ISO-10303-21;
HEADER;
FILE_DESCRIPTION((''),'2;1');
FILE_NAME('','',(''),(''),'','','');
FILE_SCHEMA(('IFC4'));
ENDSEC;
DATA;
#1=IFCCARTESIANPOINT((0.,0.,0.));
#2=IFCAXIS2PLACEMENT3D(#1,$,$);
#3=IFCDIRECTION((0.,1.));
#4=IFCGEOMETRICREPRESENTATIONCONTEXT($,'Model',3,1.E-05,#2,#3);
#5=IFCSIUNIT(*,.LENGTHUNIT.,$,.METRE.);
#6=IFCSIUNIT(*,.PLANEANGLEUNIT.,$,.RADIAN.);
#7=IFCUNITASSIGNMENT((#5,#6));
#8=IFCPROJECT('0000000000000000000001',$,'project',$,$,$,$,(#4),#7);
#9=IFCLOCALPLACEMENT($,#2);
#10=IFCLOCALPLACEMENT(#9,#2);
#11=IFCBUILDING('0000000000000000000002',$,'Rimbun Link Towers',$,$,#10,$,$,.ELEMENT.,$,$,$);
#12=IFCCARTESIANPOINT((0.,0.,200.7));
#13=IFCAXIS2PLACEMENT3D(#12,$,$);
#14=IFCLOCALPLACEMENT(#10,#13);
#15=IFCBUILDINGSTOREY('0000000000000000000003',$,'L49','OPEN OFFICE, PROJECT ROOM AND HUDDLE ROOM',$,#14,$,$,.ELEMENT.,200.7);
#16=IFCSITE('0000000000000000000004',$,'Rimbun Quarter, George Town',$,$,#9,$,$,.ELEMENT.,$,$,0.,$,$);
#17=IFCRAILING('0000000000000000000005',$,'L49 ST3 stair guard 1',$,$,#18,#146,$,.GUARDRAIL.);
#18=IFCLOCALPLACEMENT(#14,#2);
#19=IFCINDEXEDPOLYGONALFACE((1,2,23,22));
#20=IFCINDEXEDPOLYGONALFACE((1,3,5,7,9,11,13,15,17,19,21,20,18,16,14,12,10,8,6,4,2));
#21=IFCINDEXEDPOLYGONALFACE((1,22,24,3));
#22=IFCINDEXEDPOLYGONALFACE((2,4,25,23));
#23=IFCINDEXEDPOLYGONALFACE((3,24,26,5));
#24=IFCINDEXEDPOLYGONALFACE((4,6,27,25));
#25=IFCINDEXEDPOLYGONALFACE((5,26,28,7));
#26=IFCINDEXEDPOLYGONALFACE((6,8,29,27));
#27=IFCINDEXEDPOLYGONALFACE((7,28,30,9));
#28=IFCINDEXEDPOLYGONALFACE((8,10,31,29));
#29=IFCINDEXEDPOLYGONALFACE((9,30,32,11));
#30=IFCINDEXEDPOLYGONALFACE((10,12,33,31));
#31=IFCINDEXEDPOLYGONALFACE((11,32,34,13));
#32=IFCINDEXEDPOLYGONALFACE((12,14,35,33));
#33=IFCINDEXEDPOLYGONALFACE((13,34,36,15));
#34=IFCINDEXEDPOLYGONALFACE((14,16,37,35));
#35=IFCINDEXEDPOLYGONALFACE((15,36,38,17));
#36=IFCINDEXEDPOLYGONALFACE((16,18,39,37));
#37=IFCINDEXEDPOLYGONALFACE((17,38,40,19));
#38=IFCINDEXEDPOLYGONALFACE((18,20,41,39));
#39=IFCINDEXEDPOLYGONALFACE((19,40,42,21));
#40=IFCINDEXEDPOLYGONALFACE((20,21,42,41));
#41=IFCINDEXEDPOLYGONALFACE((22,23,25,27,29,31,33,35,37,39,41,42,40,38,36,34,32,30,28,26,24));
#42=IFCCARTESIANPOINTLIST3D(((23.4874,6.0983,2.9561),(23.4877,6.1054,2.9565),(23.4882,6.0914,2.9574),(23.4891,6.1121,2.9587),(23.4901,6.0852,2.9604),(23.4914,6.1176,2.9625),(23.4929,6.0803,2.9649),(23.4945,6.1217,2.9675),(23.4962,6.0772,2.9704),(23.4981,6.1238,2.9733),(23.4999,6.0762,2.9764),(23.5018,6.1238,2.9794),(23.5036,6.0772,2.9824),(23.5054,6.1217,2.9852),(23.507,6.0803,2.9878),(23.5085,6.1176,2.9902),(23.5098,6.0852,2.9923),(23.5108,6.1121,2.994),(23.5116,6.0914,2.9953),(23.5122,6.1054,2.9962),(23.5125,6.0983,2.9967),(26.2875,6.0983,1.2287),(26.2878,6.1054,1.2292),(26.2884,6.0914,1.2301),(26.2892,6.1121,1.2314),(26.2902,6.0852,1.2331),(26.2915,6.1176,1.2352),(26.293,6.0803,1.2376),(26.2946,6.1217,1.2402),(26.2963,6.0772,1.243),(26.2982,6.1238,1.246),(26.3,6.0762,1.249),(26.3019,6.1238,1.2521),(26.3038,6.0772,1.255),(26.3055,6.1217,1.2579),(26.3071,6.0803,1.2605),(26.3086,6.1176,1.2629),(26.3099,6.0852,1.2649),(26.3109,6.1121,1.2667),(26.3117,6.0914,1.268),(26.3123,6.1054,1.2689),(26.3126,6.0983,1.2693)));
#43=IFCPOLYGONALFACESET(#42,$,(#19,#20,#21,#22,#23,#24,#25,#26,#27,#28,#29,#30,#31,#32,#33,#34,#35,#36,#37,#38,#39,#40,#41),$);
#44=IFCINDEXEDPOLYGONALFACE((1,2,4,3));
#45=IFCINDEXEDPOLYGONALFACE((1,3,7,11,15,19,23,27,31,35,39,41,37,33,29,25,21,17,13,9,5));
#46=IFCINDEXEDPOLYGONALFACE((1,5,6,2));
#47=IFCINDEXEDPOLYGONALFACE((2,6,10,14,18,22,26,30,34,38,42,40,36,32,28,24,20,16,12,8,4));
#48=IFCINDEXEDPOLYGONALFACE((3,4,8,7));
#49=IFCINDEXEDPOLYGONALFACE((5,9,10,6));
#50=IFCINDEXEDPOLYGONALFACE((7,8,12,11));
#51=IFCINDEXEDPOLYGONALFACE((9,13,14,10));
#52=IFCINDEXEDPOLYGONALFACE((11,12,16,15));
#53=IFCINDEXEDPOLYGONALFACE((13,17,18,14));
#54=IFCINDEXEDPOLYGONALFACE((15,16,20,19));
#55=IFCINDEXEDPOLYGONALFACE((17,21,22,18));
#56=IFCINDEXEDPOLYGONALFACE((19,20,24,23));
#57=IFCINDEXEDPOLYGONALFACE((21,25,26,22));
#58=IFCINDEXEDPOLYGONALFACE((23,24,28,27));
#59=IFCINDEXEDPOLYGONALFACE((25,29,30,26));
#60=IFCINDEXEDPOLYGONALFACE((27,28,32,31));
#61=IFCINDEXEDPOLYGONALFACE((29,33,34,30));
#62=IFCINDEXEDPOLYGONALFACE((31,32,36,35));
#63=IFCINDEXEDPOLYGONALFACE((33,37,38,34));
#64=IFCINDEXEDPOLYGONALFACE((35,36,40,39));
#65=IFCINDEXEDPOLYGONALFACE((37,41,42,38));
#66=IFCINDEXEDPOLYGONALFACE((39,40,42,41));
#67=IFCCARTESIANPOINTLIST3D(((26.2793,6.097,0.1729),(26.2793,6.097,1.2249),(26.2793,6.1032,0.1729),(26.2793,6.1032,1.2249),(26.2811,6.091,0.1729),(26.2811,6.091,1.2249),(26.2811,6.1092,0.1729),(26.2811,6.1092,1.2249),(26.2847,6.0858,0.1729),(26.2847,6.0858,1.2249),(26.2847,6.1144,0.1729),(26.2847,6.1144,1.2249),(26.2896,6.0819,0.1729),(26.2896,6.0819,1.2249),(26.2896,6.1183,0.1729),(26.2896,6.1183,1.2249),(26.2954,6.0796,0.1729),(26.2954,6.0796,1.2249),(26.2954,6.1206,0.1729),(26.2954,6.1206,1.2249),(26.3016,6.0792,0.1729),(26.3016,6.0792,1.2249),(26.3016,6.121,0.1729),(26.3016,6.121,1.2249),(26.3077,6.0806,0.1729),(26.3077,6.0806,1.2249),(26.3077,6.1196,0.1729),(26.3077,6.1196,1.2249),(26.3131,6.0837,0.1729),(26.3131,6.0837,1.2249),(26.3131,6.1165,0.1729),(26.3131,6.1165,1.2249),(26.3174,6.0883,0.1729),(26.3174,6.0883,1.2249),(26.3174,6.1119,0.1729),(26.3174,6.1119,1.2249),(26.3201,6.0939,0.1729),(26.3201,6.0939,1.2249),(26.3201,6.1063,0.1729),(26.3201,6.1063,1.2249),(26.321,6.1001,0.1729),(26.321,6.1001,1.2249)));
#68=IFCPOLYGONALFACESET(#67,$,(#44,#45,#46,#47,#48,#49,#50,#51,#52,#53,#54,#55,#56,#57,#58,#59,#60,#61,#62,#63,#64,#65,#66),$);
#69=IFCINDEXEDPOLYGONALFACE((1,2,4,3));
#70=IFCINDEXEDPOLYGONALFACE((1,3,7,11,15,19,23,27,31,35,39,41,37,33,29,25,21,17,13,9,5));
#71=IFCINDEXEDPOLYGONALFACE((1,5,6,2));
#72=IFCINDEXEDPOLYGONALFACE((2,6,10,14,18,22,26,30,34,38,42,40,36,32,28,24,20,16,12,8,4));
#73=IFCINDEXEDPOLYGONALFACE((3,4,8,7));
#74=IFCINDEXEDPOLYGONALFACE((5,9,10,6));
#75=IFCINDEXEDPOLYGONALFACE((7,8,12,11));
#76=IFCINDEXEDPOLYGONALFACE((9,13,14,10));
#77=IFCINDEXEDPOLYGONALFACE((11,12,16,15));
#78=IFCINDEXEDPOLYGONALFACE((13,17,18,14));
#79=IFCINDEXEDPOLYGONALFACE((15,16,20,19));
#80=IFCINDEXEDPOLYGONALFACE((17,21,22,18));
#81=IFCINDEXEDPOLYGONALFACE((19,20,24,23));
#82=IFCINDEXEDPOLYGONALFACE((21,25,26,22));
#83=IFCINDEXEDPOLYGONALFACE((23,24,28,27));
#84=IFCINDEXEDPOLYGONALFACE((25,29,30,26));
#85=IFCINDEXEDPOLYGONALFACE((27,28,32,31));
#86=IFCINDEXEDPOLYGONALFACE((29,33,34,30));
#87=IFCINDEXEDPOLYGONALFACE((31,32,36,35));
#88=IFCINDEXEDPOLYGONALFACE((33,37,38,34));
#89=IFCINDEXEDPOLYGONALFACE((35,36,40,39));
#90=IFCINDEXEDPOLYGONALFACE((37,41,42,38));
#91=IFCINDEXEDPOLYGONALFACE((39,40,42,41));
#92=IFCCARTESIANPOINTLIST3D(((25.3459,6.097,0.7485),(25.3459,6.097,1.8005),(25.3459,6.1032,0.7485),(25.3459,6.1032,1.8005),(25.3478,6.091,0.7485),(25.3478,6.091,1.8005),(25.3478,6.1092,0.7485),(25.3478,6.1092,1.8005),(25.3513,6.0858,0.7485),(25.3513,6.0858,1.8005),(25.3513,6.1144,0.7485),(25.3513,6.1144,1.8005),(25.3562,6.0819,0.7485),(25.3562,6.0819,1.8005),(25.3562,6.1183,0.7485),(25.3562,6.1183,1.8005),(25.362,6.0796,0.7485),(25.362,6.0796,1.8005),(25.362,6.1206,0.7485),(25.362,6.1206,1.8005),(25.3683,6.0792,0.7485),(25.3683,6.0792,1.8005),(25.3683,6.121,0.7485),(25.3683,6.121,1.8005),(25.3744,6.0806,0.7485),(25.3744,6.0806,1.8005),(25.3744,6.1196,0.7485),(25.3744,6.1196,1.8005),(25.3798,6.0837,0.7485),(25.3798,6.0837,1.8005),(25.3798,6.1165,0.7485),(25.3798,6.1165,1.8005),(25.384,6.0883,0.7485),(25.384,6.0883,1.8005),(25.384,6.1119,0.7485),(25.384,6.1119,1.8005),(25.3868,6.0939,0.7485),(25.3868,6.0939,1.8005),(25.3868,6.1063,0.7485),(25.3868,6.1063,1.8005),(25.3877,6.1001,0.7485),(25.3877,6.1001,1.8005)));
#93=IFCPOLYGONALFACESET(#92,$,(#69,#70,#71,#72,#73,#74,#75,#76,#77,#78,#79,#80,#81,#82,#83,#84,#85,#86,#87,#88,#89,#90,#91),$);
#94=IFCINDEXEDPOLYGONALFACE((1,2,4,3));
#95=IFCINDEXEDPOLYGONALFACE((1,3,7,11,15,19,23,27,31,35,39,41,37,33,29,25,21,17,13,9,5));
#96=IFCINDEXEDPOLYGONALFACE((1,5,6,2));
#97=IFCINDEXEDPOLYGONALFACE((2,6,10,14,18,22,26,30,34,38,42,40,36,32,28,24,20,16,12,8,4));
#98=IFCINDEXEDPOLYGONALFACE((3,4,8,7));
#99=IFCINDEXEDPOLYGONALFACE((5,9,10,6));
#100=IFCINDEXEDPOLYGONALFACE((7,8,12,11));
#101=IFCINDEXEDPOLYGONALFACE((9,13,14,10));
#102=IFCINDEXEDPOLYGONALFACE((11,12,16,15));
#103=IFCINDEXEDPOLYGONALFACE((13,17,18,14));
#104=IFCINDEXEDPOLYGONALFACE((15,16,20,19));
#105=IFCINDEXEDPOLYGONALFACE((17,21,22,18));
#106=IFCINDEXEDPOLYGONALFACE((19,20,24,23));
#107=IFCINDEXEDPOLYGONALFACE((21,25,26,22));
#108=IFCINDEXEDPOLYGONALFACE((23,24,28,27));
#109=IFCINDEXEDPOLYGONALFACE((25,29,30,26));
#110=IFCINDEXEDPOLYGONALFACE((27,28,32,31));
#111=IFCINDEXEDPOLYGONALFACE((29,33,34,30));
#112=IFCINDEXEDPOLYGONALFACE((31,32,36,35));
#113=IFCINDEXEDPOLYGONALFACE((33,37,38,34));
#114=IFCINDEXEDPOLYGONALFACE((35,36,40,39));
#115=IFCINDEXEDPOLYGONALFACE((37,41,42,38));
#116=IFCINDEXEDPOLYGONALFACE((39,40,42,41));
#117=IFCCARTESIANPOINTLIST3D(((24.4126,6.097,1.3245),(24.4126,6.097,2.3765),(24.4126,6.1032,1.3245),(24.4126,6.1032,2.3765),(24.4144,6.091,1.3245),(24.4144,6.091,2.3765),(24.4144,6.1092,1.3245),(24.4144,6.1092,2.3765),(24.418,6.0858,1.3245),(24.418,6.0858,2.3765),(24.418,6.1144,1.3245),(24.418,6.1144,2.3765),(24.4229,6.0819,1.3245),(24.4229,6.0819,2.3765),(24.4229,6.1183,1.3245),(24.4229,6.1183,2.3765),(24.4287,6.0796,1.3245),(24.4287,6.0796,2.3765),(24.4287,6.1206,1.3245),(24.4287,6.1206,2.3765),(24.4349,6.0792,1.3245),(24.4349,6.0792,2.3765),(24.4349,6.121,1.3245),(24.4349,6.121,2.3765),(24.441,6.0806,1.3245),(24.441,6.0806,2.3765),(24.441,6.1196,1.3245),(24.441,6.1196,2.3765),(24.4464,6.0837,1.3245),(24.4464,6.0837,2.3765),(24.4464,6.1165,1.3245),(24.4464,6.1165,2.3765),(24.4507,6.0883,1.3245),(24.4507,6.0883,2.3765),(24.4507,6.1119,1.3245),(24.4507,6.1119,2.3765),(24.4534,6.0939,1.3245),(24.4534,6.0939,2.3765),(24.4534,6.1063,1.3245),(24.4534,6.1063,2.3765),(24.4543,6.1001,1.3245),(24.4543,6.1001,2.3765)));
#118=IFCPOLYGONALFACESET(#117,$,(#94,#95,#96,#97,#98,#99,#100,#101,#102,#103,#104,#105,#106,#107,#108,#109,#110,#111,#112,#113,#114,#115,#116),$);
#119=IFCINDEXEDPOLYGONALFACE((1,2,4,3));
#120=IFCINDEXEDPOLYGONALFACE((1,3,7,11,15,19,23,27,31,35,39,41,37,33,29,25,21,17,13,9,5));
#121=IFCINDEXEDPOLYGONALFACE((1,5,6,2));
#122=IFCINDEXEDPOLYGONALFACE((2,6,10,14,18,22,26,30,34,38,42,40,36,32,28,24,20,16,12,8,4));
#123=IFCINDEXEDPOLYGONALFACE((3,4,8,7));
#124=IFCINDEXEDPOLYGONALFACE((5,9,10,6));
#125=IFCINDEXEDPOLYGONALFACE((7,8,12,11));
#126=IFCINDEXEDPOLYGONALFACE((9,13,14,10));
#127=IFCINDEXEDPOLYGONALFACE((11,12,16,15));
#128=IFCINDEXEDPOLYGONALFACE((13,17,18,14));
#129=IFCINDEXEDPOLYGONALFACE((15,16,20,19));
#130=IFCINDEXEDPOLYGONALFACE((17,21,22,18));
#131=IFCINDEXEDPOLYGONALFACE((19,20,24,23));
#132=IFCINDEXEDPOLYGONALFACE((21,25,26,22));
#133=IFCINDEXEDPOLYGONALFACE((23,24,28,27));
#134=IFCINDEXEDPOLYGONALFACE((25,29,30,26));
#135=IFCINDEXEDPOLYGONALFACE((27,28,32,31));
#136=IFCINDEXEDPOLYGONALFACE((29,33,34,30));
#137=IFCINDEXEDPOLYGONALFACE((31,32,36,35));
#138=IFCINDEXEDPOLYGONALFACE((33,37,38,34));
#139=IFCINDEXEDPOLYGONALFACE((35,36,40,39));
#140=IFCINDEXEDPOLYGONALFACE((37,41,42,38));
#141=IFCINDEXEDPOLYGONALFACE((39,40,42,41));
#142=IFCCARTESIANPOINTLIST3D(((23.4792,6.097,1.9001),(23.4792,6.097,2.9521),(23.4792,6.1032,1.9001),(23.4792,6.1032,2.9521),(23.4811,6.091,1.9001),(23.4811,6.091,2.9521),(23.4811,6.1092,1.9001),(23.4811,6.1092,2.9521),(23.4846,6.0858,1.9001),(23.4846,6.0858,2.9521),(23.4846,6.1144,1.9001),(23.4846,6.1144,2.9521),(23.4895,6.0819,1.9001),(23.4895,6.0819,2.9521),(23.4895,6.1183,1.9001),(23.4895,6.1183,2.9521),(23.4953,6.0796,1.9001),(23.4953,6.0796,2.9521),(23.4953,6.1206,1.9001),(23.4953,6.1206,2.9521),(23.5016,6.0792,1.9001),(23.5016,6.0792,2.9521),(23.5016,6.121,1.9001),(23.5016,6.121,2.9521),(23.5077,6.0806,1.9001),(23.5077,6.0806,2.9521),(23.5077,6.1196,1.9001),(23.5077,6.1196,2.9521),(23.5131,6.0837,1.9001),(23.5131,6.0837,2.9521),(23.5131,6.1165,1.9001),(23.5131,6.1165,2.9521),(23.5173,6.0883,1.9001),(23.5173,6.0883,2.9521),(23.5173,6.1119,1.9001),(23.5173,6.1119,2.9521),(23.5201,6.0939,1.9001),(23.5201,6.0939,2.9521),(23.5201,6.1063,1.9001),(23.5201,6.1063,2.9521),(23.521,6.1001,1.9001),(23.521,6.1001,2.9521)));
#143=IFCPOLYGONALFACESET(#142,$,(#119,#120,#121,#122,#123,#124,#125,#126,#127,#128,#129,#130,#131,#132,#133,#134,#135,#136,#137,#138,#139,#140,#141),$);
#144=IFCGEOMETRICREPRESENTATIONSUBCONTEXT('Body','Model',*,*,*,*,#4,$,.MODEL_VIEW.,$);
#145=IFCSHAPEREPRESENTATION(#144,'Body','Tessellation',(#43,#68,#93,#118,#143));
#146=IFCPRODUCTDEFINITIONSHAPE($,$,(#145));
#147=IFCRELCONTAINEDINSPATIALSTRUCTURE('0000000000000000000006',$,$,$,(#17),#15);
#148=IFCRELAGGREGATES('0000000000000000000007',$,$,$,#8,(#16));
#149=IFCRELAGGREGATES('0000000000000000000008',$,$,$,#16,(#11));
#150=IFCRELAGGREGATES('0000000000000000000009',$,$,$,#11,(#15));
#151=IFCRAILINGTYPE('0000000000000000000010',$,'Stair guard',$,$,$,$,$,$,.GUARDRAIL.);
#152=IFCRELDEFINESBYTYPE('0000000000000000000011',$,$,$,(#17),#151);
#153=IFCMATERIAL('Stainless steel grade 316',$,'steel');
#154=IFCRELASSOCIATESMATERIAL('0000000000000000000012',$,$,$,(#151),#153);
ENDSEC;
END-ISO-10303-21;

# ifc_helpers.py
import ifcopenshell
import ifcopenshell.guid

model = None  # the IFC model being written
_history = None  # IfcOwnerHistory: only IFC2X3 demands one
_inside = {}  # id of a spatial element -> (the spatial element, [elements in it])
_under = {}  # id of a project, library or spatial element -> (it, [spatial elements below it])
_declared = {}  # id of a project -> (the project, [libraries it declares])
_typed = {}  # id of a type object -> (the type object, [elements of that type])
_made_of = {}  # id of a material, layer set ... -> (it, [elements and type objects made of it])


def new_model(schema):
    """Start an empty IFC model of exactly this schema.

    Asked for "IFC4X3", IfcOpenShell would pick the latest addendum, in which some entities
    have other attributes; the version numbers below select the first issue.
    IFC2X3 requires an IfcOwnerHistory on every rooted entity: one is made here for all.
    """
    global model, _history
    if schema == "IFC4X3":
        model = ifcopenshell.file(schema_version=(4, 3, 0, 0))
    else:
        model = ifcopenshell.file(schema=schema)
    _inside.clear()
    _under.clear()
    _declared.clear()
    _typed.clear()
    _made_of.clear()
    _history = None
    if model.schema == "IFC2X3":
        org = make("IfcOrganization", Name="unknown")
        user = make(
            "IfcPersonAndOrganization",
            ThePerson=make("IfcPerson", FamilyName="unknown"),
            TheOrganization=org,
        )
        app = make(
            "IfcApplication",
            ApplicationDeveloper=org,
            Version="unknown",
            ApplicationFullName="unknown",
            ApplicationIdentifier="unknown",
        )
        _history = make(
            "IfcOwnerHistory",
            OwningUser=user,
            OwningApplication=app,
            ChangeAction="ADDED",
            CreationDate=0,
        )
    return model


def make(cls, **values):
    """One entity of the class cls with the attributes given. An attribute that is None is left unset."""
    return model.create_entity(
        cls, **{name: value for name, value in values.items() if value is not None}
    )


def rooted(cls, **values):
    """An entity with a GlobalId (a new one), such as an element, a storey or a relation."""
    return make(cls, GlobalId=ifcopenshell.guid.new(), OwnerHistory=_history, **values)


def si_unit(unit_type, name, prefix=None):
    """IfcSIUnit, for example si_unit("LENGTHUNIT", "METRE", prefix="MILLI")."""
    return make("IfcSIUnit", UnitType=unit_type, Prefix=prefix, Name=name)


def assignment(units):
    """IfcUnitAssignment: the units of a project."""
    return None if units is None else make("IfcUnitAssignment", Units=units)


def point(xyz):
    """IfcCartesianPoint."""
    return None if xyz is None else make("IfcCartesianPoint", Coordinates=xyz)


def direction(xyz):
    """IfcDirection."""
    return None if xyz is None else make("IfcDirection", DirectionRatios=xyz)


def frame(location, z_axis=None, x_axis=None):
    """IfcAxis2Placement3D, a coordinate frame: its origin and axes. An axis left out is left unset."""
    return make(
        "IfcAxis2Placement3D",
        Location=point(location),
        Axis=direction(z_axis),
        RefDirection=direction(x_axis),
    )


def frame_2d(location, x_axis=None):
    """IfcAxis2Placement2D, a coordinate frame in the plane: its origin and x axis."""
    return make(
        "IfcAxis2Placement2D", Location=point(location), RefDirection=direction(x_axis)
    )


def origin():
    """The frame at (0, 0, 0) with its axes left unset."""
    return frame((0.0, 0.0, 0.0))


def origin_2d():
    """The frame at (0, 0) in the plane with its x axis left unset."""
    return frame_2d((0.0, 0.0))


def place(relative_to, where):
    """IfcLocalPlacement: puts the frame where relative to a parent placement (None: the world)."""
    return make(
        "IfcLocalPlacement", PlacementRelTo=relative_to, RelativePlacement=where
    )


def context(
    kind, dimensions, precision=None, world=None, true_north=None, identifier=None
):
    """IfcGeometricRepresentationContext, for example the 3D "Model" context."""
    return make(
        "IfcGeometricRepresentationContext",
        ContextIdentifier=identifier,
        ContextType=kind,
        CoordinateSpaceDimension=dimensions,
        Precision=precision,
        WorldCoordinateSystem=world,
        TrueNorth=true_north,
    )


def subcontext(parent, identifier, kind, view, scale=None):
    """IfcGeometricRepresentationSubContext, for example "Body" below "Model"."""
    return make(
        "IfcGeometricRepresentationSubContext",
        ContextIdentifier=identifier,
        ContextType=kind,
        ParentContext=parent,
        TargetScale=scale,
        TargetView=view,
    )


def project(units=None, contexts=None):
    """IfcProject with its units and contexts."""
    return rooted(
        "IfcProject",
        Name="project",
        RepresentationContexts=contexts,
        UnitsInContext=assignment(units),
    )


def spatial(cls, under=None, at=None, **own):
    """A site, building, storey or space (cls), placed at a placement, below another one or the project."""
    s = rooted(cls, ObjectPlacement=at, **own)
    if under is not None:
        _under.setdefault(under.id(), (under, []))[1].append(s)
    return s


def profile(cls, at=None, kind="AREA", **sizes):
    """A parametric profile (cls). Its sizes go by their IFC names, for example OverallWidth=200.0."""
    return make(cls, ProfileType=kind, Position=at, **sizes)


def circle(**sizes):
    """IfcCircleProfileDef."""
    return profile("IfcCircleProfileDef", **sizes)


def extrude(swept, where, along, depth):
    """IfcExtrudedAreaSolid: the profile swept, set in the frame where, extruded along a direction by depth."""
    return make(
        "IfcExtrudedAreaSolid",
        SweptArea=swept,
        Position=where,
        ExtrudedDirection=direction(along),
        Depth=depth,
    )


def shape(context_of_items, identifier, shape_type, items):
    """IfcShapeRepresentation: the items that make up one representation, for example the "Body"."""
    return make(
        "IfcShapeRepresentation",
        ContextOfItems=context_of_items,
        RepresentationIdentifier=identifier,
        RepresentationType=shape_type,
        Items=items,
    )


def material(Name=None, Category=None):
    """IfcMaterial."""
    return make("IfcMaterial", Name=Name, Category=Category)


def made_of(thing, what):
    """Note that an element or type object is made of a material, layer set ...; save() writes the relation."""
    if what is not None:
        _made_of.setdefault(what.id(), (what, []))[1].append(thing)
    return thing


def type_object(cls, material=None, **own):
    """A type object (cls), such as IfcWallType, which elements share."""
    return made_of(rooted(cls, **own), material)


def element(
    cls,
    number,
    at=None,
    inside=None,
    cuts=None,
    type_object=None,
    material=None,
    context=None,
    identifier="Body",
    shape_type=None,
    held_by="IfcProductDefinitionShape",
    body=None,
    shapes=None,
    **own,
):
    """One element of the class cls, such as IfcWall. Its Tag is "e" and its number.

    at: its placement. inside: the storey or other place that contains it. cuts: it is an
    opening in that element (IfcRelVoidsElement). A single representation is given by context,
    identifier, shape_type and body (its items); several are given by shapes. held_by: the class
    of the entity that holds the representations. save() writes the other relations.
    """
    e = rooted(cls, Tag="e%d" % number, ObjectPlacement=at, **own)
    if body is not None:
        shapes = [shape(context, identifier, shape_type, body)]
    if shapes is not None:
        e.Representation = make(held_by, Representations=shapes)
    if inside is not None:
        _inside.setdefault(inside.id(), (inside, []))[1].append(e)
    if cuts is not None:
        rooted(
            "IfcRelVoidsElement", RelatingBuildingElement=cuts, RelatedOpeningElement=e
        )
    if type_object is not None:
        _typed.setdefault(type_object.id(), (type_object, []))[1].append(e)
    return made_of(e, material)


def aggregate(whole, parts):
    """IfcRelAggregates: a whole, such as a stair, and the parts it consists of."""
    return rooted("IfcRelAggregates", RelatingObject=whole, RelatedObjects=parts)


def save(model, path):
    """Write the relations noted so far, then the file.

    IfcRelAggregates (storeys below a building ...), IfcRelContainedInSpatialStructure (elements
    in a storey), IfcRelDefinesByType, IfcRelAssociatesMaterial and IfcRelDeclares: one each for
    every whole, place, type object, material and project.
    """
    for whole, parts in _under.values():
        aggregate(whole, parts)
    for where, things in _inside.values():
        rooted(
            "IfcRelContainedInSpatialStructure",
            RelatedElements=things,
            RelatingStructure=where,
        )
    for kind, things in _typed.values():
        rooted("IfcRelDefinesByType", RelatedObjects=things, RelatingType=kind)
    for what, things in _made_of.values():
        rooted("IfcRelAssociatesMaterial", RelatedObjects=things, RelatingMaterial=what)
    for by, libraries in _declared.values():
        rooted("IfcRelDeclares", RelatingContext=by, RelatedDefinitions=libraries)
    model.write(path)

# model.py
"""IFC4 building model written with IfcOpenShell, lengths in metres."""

from ifc_helpers import new_model, si_unit, direction, frame, origin, origin_2d, place, context, subcontext, project, spatial, circle, extrude, material, type_object, element, save


model = new_model("IFC4")

# Units and contexts
model_context = context("Model", 3, precision=1e-05, world=origin(), true_north=direction((0.0, 1.0)))
body_context = subcontext(model_context, "Body", "Model", "MODEL_VIEW")
ifc_project = project(units=[si_unit("LENGTHUNIT", "METRE"), si_unit("PLANEANGLEUNIT", "RADIAN")], contexts=[model_context])

# Site, building, storey
site_placement = place(None, origin())
site = spatial("IfcSite", under=ifc_project, at=site_placement, Name="Rimbun Quarter, George Town", CompositionType="ELEMENT", RefElevation=0.0)
building_placement = place(site_placement, origin())
building = spatial("IfcBuilding", under=site, at=building_placement, Name="Rimbun Link Towers", CompositionType="ELEMENT")
storey_placement = place(building_placement, frame((0.0, 0.0, 200.7)))
storey = spatial("IfcBuildingStorey", under=building, at=storey_placement, Name="L49", Description="OPEN OFFICE, PROJECT ROOM AND HUDDLE ROOM", CompositionType="ELEMENT", Elevation=200.7)

# Railing
ifc_material_1 = material(Name="Stainless steel grade 316", Category="steel")
railing_type_1 = type_object("IfcRailingType", Name="Stair guard", PredefinedType="GUARDRAIL", material=ifc_material_1)
railing_1_placement = place(storey_placement, frame((26.3, 6.1001, 0.1729)))
element("IfcRailing", 1, at=railing_1_placement, inside=storey, type_object=railing_type_1, Name="L49 ST3 stair guard 1", PredefinedType="GUARDRAIL", context=body_context, shape_type="SweptSolid", body=[
    extrude(circle(Radius=0.0239, at=origin_2d()), frame((0.0, 0.0, 1.0762), z_axis=(-0.85109, 0.0, 0.52502), x_axis=(0.0, -1.0, 0.0)), (0.0, 0.0, 1.0), 3.29),
    extrude(circle(Radius=0.021, at=origin_2d()), origin(), (0.0, 0.0, 1.0), 1.052),
    extrude(circle(Radius=0.021, at=origin_2d()), frame((-0.9333, 0.0, 0.5757)), (0.0, 0.0, 1.0), 1.052),
    extrude(circle(Radius=0.021, at=origin_2d()), frame((-1.8667, 0.0, 1.1516)), (0.0, 0.0, 1.0), 1.052),
    extrude(circle(Radius=0.021, at=origin_2d()), frame((-2.8, 0.0, 1.7273)), (0.0, 0.0, 1.0), 1.052),
])

save(model, "model.ifc")
